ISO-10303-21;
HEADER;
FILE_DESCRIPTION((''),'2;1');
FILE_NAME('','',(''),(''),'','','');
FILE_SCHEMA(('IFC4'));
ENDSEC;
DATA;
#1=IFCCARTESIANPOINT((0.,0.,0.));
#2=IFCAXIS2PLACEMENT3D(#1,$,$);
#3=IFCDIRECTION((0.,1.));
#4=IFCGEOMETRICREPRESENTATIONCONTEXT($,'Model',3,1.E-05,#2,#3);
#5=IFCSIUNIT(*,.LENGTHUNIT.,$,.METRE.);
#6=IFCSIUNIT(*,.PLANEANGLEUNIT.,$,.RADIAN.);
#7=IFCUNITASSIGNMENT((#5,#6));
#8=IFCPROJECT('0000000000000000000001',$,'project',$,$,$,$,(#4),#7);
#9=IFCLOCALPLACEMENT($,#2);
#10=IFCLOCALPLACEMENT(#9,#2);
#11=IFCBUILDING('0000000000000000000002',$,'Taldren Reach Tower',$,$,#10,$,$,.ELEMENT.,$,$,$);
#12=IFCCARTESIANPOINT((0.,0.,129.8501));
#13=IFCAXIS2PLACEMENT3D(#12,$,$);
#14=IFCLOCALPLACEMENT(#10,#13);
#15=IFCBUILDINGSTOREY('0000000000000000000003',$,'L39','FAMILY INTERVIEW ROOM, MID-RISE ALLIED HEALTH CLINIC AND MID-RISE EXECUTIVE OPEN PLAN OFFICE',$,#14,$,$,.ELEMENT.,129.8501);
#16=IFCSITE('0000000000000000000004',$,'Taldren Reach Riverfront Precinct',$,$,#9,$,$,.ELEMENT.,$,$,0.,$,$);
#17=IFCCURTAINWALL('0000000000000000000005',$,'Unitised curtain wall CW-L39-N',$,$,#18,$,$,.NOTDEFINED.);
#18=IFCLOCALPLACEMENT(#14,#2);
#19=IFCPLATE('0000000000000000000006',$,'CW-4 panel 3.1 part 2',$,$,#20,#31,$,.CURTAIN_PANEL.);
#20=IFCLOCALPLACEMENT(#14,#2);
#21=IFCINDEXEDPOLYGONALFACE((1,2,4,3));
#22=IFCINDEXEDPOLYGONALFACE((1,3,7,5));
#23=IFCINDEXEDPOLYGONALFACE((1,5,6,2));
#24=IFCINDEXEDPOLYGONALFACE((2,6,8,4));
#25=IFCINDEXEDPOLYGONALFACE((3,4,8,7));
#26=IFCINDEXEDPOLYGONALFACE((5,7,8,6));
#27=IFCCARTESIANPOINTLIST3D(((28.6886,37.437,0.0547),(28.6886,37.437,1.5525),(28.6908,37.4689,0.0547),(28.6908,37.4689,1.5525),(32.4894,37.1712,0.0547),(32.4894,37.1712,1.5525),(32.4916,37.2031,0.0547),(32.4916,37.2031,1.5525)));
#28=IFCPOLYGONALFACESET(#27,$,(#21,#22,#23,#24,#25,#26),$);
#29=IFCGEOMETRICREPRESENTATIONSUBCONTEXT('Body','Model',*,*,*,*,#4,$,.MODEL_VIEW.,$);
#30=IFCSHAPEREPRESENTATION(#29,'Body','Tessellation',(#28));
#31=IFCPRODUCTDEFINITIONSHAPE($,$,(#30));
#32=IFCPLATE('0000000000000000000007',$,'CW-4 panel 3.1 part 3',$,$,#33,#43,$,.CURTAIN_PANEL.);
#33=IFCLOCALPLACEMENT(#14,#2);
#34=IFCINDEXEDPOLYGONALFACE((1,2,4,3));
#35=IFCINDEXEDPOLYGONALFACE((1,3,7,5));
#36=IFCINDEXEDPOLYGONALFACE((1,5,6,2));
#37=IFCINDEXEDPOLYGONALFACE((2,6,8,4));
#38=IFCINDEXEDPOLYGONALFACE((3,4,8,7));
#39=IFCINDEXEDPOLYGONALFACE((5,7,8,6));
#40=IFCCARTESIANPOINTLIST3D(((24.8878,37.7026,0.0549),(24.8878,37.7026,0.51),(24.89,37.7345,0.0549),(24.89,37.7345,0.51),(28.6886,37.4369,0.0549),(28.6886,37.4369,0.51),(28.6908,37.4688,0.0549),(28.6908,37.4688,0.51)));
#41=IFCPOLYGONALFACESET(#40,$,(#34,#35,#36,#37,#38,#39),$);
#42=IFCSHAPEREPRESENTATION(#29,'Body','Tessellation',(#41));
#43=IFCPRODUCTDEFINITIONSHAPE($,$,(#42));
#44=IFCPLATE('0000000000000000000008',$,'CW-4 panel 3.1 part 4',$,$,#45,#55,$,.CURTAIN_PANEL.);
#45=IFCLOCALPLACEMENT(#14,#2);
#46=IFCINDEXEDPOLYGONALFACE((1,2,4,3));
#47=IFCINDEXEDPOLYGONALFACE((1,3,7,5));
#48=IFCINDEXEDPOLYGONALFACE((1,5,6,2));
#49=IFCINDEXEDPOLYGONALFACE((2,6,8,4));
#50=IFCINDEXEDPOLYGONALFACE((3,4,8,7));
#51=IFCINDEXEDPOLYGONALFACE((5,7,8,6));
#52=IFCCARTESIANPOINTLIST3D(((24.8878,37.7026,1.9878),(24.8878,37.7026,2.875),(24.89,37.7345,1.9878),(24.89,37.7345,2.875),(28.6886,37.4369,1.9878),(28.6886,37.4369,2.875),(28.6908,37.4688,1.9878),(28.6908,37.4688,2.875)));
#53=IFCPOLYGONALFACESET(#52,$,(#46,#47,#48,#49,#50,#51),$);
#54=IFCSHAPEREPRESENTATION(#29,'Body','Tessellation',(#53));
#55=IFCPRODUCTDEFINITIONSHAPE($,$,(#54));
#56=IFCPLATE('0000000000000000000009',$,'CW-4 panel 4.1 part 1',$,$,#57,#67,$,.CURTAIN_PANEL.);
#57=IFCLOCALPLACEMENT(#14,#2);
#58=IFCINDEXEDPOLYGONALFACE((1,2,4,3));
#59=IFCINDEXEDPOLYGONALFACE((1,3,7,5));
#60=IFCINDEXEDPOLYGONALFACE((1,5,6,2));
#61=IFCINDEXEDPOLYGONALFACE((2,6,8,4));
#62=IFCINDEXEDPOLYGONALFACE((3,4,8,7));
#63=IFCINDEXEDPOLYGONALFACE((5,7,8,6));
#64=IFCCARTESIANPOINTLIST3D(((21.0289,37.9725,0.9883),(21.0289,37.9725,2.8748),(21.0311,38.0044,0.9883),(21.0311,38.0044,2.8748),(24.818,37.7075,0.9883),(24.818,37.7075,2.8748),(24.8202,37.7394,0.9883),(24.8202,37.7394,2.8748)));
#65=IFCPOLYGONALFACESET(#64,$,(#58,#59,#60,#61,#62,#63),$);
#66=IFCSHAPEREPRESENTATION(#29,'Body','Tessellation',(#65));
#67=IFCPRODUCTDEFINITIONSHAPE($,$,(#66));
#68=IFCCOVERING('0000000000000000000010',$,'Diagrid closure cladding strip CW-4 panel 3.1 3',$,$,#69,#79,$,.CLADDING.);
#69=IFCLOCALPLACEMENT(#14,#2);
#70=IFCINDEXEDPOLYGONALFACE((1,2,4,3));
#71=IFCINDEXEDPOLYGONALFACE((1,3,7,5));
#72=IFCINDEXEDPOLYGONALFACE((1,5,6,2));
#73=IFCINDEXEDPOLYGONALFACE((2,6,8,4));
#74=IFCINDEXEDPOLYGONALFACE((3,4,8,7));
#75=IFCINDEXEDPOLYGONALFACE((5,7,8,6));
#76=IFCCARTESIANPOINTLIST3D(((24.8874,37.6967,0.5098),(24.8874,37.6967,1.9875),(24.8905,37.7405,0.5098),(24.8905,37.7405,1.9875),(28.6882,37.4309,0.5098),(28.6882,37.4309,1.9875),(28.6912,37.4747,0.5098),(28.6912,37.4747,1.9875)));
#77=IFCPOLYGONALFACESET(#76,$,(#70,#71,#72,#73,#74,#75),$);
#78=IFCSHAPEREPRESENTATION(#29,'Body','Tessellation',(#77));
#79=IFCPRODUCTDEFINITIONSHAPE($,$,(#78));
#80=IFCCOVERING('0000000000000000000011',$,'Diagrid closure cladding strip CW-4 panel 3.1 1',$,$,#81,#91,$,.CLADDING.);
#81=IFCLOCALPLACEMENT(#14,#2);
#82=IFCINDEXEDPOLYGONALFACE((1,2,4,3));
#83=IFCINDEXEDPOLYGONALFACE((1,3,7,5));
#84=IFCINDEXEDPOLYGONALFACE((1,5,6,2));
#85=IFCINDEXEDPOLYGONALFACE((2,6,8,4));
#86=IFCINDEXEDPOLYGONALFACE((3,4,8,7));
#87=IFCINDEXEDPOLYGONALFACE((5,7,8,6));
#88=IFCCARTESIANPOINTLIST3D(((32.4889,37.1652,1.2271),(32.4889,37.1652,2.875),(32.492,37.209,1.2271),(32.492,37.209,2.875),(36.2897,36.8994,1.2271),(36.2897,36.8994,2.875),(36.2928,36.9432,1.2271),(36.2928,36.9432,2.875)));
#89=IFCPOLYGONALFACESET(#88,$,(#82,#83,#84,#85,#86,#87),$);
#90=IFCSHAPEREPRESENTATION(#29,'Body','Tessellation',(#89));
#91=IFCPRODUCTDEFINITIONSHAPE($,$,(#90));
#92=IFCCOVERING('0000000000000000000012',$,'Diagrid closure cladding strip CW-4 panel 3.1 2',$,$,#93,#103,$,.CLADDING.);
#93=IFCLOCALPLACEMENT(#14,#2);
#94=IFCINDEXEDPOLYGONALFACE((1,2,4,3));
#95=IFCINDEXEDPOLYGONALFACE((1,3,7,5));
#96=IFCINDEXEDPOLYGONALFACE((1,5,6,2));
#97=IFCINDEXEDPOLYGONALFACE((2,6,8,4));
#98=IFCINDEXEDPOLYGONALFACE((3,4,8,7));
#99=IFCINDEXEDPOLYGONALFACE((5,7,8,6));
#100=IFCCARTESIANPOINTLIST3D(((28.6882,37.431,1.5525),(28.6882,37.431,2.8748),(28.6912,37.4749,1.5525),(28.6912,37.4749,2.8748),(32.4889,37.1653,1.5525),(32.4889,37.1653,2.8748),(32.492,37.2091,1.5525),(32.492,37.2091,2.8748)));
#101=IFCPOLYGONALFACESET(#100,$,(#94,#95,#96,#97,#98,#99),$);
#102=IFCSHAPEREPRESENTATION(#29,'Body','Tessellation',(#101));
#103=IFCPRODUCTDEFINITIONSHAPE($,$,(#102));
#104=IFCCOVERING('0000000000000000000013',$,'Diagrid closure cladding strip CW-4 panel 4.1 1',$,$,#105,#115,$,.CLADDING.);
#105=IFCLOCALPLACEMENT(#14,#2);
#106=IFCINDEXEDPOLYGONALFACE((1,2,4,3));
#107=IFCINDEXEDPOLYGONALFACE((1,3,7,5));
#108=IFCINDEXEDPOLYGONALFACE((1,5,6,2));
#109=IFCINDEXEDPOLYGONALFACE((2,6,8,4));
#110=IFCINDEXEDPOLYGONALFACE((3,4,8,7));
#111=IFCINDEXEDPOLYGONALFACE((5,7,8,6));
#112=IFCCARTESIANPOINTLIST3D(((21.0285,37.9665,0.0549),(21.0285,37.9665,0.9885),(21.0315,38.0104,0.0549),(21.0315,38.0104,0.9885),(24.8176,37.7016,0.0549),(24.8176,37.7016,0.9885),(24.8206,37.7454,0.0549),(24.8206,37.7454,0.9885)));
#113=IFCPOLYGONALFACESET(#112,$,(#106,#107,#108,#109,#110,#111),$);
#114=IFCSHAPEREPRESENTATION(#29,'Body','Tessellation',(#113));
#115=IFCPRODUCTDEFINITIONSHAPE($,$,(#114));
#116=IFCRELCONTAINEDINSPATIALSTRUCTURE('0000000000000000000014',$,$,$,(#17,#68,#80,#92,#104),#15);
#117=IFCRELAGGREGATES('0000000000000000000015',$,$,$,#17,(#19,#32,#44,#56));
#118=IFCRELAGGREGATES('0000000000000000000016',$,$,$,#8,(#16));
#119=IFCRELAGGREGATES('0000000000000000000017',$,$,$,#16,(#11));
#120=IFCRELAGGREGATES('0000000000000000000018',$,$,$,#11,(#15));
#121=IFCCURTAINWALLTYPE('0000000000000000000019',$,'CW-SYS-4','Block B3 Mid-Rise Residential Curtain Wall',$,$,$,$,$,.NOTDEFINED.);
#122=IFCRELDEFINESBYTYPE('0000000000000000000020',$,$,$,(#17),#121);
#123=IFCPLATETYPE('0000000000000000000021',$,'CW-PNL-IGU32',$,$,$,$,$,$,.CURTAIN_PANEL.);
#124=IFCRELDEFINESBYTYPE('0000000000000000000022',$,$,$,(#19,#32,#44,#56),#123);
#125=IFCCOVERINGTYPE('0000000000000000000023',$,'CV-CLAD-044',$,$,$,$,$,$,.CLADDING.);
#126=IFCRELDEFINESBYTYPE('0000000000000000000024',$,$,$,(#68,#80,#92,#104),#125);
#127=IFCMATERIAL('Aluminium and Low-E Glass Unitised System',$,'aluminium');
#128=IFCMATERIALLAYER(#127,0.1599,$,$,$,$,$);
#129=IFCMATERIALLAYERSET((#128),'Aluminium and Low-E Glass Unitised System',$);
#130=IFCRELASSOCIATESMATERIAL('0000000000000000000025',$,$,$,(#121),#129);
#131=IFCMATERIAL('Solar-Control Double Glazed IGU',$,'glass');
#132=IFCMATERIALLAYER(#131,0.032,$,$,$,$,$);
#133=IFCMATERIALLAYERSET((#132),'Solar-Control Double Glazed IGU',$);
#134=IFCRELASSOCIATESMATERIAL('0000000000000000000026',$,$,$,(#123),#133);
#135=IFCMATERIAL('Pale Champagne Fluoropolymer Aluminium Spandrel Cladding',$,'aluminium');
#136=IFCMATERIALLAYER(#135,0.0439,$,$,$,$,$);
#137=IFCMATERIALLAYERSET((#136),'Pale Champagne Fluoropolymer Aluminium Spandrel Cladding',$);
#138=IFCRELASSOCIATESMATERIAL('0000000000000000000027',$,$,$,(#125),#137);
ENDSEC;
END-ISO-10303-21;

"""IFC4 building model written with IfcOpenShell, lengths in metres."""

from ifc_helpers import new_model, si_unit, direction, frame, origin, origin_2d, place, context, subcontext, project, spatial, rectangle, extrude, source, transform, mapped, material, layer, layer_set, type_object, element, aggregate, save


model = new_model("IFC4")

# Units and contexts
model_context = context("Model", 3, precision=1e-05, world=origin(), true_north=direction((0.0, 1.0)))
body_context = subcontext(model_context, "Body", "Model", "MODEL_VIEW")
ifc_project = project(units=[si_unit("LENGTHUNIT", "METRE"), si_unit("PLANEANGLEUNIT", "RADIAN")], contexts=[model_context])

# Site, building, storey
site_placement = place(None, origin())
site = spatial("IfcSite", under=ifc_project, at=site_placement, Name="Taldren Reach Riverfront Precinct", CompositionType="ELEMENT", RefElevation=0.0)
building_placement = place(site_placement, origin())
building = spatial("IfcBuilding", under=site, at=building_placement, Name="Taldren Reach Tower", CompositionType="ELEMENT")
storey_placement = place(building_placement, frame((0.0, 0.0, 129.8501)))
storey = spatial("IfcBuildingStorey", under=building, at=storey_placement, Name="L39", Description="FAMILY INTERVIEW ROOM, MID-RISE ALLIED HEALTH CLINIC AND MID-RISE EXECUTIVE OPEN PLAN OFFICE", CompositionType="ELEMENT", Elevation=129.8501)

# Curtain wall
ifc_material_1 = material(Name="Aluminium and Low-E Glass Unitised System", Category="aluminium")
ifc_layer_1 = layer(ifc_material_1, 0.1599)
ifc_layer_set_1 = layer_set([ifc_layer_1], Name="Aluminium and Low-E Glass Unitised System")
curtain_wall_type = type_object("IfcCurtainWallType", Name="CW-SYS-4", Description="Block B3 Mid-Rise Residential Curtain Wall", PredefinedType="NOTDEFINED", material=ifc_layer_set_1)
curtain_wall_placement = place(storey_placement, origin())
curtain_wall = element("IfcCurtainWall", 1, at=curtain_wall_placement, inside=storey, type_object=curtain_wall_type, Name="Unitised curtain wall CW-L39-N", PredefinedType="NOTDEFINED")

# Plates
ifc_material_2 = material(Name="Solar-Control Double Glazed IGU", Category="glass")
ifc_layer_2 = layer(ifc_material_2, 0.032)
ifc_layer_set_2 = layer_set([ifc_layer_2], Name="Solar-Control Double Glazed IGU")
plate_type_1 = type_object("IfcPlateType", Name="CW-PNL-IGU32", PredefinedType="CURTAIN_PANEL", material=ifc_layer_set_2)
shared_shape_1 = source(origin(), body_context, "Body", "SweptSolid", [
    extrude(rectangle(XDim=3.8101, YDim=0.032, at=origin_2d()), origin(), (0.0, 0.0, 1.0), 1.4978),
])
plate_1_placement = place(storey_placement, frame((30.5901, 37.3201, 0.0547), z_axis=(0.0, 0.0, 1.0), x_axis=(-0.997564, 0.069757, 0.0)))
plate_1 = element("IfcPlate", 2, at=plate_1_placement, type_object=plate_type_1, Name="CW-4 panel 3.1 part 2", PredefinedType="CURTAIN_PANEL", context=body_context, shape_type="MappedRepresentation", body=[
    mapped(shared_shape_1, transform((0.0, 0.0, 0.0), scale=1.0)),
])
shared_shape_2 = source(origin(), body_context, "Body", "SweptSolid", [
    extrude(rectangle(XDim=3.8101, YDim=0.032, at=origin_2d()), origin(), (0.0, 0.0, 1.0), 0.4551),
])
plate_2_placement = place(storey_placement, frame((26.7893, 37.5857, 0.0549), z_axis=(0.0, 0.0, 1.0), x_axis=(-0.997564, 0.069757, 0.0)))
plate_2 = element("IfcPlate", 3, at=plate_2_placement, type_object=plate_type_1, Name="CW-4 panel 3.1 part 3", PredefinedType="CURTAIN_PANEL", context=body_context, shape_type="MappedRepresentation", body=[
    mapped(shared_shape_2, transform((0.0, 0.0, 0.0), scale=1.0)),
])
shared_shape_3 = source(origin(), body_context, "Body", "SweptSolid", [
    extrude(rectangle(XDim=3.8101, YDim=0.032, at=origin_2d()), origin(), (0.0, 0.0, 1.0), 0.8872),
])
plate_3_placement = place(storey_placement, frame((26.7893, 37.5857, 1.9878), z_axis=(0.0, 0.0, 1.0), x_axis=(-0.997564, 0.069757, 0.0)))
plate_3 = element("IfcPlate", 4, at=plate_3_placement, type_object=plate_type_1, Name="CW-4 panel 3.1 part 4", PredefinedType="CURTAIN_PANEL", context=body_context, shape_type="MappedRepresentation", body=[
    mapped(shared_shape_3, transform((0.0, 0.0, 0.0), scale=1.0)),
])
shared_shape_4 = source(origin(), body_context, "Body", "SweptSolid", [
    extrude(rectangle(XDim=3.7983, YDim=0.032, at=origin_2d()), origin(), (0.0, 0.0, 1.0), 1.8865),
])
plate_4_placement = place(storey_placement, frame((22.9246, 37.856, 0.9883), z_axis=(0.0, 0.0, 1.0), x_axis=(-0.997564, 0.069757, 0.0)))
plate_4 = element("IfcPlate", 5, at=plate_4_placement, type_object=plate_type_1, Name="CW-4 panel 4.1 part 1", PredefinedType="CURTAIN_PANEL", context=body_context, shape_type="MappedRepresentation", body=[
    mapped(shared_shape_4, transform((0.0, 0.0, 0.0), scale=1.0)),
])
aggregate(curtain_wall, [plate_1, plate_2, plate_3, plate_4])

# Coverings
ifc_material_3 = material(Name="Pale Champagne Fluoropolymer Aluminium Spandrel Cladding", Category="aluminium")
ifc_layer_3 = layer(ifc_material_3, 0.0439)
ifc_layer_set_3 = layer_set([ifc_layer_3], Name="Pale Champagne Fluoropolymer Aluminium Spandrel Cladding")
covering_type = type_object("IfcCoveringType", Name="CV-CLAD-044", PredefinedType="CLADDING", material=ifc_layer_set_3)
shared_shape_5 = source(origin(), body_context, "Body", "SweptSolid", [
    extrude(rectangle(XDim=3.8101, YDim=0.0439, at=origin_2d()), origin(), (0.0, 0.0, 1.0), 1.4778),
])
covering_1_placement = place(storey_placement, frame((26.7893, 37.5857, 0.5098), z_axis=(0.0, 0.0, 1.0), x_axis=(-0.997564, 0.069757, 0.0)))
element("IfcCovering", 6, at=covering_1_placement, inside=storey, type_object=covering_type, Name="Diagrid closure cladding strip CW-4 panel 3.1 3", PredefinedType="CLADDING", context=body_context, shape_type="MappedRepresentation", body=[
    mapped(shared_shape_5, transform((0.0, 0.0, 0.0), scale=1.0)),
])
shared_shape_6 = source(origin(), body_context, "Body", "SweptSolid", [
    extrude(rectangle(XDim=3.8101, YDim=0.0439, at=origin_2d()), origin(), (0.0, 0.0, 1.0), 1.6479),
])
covering_2_placement = place(storey_placement, frame((34.3909, 37.0542, 1.2271), z_axis=(0.0, 0.0, 1.0), x_axis=(-0.997564, 0.069757, 0.0)))
element("IfcCovering", 7, at=covering_2_placement, inside=storey, type_object=covering_type, Name="Diagrid closure cladding strip CW-4 panel 3.1 1", PredefinedType="CLADDING", context=body_context, shape_type="MappedRepresentation", body=[
    mapped(shared_shape_6, transform((0.0, 0.0, 0.0), scale=1.0)),
])
shared_shape_7 = source(origin(), body_context, "Body", "SweptSolid", [
    extrude(rectangle(XDim=3.8101, YDim=0.0439, at=origin_2d()), origin(), (0.0, 0.0, 1.0), 1.3223),
])
covering_3_placement = place(storey_placement, frame((30.5901, 37.3201, 1.5525), z_axis=(0.0, 0.0, 1.0), x_axis=(-0.997564, 0.069757, 0.0)))
element("IfcCovering", 8, at=covering_3_placement, inside=storey, type_object=covering_type, Name="Diagrid closure cladding strip CW-4 panel 3.1 2", PredefinedType="CLADDING", context=body_context, shape_type="MappedRepresentation", body=[
    mapped(shared_shape_7, transform((0.0, 0.0, 0.0), scale=1.0)),
])
shared_shape_8 = source(origin(), body_context, "Body", "SweptSolid", [
    extrude(rectangle(XDim=3.7983, YDim=0.0439, at=origin_2d()), origin(), (0.0, 0.0, 1.0), 0.9336),
])
covering_4_placement = place(storey_placement, frame((22.9246, 37.856, 0.0549), z_axis=(0.0, 0.0, 1.0), x_axis=(-0.997564, 0.069757, 0.0)))
element("IfcCovering", 9, at=covering_4_placement, inside=storey, type_object=covering_type, Name="Diagrid closure cladding strip CW-4 panel 4.1 1", PredefinedType="CLADDING", context=body_context, shape_type="MappedRepresentation", body=[
    mapped(shared_shape_8, transform((0.0, 0.0, 0.0), scale=1.0)),
])

save(model, "model.ifc")
